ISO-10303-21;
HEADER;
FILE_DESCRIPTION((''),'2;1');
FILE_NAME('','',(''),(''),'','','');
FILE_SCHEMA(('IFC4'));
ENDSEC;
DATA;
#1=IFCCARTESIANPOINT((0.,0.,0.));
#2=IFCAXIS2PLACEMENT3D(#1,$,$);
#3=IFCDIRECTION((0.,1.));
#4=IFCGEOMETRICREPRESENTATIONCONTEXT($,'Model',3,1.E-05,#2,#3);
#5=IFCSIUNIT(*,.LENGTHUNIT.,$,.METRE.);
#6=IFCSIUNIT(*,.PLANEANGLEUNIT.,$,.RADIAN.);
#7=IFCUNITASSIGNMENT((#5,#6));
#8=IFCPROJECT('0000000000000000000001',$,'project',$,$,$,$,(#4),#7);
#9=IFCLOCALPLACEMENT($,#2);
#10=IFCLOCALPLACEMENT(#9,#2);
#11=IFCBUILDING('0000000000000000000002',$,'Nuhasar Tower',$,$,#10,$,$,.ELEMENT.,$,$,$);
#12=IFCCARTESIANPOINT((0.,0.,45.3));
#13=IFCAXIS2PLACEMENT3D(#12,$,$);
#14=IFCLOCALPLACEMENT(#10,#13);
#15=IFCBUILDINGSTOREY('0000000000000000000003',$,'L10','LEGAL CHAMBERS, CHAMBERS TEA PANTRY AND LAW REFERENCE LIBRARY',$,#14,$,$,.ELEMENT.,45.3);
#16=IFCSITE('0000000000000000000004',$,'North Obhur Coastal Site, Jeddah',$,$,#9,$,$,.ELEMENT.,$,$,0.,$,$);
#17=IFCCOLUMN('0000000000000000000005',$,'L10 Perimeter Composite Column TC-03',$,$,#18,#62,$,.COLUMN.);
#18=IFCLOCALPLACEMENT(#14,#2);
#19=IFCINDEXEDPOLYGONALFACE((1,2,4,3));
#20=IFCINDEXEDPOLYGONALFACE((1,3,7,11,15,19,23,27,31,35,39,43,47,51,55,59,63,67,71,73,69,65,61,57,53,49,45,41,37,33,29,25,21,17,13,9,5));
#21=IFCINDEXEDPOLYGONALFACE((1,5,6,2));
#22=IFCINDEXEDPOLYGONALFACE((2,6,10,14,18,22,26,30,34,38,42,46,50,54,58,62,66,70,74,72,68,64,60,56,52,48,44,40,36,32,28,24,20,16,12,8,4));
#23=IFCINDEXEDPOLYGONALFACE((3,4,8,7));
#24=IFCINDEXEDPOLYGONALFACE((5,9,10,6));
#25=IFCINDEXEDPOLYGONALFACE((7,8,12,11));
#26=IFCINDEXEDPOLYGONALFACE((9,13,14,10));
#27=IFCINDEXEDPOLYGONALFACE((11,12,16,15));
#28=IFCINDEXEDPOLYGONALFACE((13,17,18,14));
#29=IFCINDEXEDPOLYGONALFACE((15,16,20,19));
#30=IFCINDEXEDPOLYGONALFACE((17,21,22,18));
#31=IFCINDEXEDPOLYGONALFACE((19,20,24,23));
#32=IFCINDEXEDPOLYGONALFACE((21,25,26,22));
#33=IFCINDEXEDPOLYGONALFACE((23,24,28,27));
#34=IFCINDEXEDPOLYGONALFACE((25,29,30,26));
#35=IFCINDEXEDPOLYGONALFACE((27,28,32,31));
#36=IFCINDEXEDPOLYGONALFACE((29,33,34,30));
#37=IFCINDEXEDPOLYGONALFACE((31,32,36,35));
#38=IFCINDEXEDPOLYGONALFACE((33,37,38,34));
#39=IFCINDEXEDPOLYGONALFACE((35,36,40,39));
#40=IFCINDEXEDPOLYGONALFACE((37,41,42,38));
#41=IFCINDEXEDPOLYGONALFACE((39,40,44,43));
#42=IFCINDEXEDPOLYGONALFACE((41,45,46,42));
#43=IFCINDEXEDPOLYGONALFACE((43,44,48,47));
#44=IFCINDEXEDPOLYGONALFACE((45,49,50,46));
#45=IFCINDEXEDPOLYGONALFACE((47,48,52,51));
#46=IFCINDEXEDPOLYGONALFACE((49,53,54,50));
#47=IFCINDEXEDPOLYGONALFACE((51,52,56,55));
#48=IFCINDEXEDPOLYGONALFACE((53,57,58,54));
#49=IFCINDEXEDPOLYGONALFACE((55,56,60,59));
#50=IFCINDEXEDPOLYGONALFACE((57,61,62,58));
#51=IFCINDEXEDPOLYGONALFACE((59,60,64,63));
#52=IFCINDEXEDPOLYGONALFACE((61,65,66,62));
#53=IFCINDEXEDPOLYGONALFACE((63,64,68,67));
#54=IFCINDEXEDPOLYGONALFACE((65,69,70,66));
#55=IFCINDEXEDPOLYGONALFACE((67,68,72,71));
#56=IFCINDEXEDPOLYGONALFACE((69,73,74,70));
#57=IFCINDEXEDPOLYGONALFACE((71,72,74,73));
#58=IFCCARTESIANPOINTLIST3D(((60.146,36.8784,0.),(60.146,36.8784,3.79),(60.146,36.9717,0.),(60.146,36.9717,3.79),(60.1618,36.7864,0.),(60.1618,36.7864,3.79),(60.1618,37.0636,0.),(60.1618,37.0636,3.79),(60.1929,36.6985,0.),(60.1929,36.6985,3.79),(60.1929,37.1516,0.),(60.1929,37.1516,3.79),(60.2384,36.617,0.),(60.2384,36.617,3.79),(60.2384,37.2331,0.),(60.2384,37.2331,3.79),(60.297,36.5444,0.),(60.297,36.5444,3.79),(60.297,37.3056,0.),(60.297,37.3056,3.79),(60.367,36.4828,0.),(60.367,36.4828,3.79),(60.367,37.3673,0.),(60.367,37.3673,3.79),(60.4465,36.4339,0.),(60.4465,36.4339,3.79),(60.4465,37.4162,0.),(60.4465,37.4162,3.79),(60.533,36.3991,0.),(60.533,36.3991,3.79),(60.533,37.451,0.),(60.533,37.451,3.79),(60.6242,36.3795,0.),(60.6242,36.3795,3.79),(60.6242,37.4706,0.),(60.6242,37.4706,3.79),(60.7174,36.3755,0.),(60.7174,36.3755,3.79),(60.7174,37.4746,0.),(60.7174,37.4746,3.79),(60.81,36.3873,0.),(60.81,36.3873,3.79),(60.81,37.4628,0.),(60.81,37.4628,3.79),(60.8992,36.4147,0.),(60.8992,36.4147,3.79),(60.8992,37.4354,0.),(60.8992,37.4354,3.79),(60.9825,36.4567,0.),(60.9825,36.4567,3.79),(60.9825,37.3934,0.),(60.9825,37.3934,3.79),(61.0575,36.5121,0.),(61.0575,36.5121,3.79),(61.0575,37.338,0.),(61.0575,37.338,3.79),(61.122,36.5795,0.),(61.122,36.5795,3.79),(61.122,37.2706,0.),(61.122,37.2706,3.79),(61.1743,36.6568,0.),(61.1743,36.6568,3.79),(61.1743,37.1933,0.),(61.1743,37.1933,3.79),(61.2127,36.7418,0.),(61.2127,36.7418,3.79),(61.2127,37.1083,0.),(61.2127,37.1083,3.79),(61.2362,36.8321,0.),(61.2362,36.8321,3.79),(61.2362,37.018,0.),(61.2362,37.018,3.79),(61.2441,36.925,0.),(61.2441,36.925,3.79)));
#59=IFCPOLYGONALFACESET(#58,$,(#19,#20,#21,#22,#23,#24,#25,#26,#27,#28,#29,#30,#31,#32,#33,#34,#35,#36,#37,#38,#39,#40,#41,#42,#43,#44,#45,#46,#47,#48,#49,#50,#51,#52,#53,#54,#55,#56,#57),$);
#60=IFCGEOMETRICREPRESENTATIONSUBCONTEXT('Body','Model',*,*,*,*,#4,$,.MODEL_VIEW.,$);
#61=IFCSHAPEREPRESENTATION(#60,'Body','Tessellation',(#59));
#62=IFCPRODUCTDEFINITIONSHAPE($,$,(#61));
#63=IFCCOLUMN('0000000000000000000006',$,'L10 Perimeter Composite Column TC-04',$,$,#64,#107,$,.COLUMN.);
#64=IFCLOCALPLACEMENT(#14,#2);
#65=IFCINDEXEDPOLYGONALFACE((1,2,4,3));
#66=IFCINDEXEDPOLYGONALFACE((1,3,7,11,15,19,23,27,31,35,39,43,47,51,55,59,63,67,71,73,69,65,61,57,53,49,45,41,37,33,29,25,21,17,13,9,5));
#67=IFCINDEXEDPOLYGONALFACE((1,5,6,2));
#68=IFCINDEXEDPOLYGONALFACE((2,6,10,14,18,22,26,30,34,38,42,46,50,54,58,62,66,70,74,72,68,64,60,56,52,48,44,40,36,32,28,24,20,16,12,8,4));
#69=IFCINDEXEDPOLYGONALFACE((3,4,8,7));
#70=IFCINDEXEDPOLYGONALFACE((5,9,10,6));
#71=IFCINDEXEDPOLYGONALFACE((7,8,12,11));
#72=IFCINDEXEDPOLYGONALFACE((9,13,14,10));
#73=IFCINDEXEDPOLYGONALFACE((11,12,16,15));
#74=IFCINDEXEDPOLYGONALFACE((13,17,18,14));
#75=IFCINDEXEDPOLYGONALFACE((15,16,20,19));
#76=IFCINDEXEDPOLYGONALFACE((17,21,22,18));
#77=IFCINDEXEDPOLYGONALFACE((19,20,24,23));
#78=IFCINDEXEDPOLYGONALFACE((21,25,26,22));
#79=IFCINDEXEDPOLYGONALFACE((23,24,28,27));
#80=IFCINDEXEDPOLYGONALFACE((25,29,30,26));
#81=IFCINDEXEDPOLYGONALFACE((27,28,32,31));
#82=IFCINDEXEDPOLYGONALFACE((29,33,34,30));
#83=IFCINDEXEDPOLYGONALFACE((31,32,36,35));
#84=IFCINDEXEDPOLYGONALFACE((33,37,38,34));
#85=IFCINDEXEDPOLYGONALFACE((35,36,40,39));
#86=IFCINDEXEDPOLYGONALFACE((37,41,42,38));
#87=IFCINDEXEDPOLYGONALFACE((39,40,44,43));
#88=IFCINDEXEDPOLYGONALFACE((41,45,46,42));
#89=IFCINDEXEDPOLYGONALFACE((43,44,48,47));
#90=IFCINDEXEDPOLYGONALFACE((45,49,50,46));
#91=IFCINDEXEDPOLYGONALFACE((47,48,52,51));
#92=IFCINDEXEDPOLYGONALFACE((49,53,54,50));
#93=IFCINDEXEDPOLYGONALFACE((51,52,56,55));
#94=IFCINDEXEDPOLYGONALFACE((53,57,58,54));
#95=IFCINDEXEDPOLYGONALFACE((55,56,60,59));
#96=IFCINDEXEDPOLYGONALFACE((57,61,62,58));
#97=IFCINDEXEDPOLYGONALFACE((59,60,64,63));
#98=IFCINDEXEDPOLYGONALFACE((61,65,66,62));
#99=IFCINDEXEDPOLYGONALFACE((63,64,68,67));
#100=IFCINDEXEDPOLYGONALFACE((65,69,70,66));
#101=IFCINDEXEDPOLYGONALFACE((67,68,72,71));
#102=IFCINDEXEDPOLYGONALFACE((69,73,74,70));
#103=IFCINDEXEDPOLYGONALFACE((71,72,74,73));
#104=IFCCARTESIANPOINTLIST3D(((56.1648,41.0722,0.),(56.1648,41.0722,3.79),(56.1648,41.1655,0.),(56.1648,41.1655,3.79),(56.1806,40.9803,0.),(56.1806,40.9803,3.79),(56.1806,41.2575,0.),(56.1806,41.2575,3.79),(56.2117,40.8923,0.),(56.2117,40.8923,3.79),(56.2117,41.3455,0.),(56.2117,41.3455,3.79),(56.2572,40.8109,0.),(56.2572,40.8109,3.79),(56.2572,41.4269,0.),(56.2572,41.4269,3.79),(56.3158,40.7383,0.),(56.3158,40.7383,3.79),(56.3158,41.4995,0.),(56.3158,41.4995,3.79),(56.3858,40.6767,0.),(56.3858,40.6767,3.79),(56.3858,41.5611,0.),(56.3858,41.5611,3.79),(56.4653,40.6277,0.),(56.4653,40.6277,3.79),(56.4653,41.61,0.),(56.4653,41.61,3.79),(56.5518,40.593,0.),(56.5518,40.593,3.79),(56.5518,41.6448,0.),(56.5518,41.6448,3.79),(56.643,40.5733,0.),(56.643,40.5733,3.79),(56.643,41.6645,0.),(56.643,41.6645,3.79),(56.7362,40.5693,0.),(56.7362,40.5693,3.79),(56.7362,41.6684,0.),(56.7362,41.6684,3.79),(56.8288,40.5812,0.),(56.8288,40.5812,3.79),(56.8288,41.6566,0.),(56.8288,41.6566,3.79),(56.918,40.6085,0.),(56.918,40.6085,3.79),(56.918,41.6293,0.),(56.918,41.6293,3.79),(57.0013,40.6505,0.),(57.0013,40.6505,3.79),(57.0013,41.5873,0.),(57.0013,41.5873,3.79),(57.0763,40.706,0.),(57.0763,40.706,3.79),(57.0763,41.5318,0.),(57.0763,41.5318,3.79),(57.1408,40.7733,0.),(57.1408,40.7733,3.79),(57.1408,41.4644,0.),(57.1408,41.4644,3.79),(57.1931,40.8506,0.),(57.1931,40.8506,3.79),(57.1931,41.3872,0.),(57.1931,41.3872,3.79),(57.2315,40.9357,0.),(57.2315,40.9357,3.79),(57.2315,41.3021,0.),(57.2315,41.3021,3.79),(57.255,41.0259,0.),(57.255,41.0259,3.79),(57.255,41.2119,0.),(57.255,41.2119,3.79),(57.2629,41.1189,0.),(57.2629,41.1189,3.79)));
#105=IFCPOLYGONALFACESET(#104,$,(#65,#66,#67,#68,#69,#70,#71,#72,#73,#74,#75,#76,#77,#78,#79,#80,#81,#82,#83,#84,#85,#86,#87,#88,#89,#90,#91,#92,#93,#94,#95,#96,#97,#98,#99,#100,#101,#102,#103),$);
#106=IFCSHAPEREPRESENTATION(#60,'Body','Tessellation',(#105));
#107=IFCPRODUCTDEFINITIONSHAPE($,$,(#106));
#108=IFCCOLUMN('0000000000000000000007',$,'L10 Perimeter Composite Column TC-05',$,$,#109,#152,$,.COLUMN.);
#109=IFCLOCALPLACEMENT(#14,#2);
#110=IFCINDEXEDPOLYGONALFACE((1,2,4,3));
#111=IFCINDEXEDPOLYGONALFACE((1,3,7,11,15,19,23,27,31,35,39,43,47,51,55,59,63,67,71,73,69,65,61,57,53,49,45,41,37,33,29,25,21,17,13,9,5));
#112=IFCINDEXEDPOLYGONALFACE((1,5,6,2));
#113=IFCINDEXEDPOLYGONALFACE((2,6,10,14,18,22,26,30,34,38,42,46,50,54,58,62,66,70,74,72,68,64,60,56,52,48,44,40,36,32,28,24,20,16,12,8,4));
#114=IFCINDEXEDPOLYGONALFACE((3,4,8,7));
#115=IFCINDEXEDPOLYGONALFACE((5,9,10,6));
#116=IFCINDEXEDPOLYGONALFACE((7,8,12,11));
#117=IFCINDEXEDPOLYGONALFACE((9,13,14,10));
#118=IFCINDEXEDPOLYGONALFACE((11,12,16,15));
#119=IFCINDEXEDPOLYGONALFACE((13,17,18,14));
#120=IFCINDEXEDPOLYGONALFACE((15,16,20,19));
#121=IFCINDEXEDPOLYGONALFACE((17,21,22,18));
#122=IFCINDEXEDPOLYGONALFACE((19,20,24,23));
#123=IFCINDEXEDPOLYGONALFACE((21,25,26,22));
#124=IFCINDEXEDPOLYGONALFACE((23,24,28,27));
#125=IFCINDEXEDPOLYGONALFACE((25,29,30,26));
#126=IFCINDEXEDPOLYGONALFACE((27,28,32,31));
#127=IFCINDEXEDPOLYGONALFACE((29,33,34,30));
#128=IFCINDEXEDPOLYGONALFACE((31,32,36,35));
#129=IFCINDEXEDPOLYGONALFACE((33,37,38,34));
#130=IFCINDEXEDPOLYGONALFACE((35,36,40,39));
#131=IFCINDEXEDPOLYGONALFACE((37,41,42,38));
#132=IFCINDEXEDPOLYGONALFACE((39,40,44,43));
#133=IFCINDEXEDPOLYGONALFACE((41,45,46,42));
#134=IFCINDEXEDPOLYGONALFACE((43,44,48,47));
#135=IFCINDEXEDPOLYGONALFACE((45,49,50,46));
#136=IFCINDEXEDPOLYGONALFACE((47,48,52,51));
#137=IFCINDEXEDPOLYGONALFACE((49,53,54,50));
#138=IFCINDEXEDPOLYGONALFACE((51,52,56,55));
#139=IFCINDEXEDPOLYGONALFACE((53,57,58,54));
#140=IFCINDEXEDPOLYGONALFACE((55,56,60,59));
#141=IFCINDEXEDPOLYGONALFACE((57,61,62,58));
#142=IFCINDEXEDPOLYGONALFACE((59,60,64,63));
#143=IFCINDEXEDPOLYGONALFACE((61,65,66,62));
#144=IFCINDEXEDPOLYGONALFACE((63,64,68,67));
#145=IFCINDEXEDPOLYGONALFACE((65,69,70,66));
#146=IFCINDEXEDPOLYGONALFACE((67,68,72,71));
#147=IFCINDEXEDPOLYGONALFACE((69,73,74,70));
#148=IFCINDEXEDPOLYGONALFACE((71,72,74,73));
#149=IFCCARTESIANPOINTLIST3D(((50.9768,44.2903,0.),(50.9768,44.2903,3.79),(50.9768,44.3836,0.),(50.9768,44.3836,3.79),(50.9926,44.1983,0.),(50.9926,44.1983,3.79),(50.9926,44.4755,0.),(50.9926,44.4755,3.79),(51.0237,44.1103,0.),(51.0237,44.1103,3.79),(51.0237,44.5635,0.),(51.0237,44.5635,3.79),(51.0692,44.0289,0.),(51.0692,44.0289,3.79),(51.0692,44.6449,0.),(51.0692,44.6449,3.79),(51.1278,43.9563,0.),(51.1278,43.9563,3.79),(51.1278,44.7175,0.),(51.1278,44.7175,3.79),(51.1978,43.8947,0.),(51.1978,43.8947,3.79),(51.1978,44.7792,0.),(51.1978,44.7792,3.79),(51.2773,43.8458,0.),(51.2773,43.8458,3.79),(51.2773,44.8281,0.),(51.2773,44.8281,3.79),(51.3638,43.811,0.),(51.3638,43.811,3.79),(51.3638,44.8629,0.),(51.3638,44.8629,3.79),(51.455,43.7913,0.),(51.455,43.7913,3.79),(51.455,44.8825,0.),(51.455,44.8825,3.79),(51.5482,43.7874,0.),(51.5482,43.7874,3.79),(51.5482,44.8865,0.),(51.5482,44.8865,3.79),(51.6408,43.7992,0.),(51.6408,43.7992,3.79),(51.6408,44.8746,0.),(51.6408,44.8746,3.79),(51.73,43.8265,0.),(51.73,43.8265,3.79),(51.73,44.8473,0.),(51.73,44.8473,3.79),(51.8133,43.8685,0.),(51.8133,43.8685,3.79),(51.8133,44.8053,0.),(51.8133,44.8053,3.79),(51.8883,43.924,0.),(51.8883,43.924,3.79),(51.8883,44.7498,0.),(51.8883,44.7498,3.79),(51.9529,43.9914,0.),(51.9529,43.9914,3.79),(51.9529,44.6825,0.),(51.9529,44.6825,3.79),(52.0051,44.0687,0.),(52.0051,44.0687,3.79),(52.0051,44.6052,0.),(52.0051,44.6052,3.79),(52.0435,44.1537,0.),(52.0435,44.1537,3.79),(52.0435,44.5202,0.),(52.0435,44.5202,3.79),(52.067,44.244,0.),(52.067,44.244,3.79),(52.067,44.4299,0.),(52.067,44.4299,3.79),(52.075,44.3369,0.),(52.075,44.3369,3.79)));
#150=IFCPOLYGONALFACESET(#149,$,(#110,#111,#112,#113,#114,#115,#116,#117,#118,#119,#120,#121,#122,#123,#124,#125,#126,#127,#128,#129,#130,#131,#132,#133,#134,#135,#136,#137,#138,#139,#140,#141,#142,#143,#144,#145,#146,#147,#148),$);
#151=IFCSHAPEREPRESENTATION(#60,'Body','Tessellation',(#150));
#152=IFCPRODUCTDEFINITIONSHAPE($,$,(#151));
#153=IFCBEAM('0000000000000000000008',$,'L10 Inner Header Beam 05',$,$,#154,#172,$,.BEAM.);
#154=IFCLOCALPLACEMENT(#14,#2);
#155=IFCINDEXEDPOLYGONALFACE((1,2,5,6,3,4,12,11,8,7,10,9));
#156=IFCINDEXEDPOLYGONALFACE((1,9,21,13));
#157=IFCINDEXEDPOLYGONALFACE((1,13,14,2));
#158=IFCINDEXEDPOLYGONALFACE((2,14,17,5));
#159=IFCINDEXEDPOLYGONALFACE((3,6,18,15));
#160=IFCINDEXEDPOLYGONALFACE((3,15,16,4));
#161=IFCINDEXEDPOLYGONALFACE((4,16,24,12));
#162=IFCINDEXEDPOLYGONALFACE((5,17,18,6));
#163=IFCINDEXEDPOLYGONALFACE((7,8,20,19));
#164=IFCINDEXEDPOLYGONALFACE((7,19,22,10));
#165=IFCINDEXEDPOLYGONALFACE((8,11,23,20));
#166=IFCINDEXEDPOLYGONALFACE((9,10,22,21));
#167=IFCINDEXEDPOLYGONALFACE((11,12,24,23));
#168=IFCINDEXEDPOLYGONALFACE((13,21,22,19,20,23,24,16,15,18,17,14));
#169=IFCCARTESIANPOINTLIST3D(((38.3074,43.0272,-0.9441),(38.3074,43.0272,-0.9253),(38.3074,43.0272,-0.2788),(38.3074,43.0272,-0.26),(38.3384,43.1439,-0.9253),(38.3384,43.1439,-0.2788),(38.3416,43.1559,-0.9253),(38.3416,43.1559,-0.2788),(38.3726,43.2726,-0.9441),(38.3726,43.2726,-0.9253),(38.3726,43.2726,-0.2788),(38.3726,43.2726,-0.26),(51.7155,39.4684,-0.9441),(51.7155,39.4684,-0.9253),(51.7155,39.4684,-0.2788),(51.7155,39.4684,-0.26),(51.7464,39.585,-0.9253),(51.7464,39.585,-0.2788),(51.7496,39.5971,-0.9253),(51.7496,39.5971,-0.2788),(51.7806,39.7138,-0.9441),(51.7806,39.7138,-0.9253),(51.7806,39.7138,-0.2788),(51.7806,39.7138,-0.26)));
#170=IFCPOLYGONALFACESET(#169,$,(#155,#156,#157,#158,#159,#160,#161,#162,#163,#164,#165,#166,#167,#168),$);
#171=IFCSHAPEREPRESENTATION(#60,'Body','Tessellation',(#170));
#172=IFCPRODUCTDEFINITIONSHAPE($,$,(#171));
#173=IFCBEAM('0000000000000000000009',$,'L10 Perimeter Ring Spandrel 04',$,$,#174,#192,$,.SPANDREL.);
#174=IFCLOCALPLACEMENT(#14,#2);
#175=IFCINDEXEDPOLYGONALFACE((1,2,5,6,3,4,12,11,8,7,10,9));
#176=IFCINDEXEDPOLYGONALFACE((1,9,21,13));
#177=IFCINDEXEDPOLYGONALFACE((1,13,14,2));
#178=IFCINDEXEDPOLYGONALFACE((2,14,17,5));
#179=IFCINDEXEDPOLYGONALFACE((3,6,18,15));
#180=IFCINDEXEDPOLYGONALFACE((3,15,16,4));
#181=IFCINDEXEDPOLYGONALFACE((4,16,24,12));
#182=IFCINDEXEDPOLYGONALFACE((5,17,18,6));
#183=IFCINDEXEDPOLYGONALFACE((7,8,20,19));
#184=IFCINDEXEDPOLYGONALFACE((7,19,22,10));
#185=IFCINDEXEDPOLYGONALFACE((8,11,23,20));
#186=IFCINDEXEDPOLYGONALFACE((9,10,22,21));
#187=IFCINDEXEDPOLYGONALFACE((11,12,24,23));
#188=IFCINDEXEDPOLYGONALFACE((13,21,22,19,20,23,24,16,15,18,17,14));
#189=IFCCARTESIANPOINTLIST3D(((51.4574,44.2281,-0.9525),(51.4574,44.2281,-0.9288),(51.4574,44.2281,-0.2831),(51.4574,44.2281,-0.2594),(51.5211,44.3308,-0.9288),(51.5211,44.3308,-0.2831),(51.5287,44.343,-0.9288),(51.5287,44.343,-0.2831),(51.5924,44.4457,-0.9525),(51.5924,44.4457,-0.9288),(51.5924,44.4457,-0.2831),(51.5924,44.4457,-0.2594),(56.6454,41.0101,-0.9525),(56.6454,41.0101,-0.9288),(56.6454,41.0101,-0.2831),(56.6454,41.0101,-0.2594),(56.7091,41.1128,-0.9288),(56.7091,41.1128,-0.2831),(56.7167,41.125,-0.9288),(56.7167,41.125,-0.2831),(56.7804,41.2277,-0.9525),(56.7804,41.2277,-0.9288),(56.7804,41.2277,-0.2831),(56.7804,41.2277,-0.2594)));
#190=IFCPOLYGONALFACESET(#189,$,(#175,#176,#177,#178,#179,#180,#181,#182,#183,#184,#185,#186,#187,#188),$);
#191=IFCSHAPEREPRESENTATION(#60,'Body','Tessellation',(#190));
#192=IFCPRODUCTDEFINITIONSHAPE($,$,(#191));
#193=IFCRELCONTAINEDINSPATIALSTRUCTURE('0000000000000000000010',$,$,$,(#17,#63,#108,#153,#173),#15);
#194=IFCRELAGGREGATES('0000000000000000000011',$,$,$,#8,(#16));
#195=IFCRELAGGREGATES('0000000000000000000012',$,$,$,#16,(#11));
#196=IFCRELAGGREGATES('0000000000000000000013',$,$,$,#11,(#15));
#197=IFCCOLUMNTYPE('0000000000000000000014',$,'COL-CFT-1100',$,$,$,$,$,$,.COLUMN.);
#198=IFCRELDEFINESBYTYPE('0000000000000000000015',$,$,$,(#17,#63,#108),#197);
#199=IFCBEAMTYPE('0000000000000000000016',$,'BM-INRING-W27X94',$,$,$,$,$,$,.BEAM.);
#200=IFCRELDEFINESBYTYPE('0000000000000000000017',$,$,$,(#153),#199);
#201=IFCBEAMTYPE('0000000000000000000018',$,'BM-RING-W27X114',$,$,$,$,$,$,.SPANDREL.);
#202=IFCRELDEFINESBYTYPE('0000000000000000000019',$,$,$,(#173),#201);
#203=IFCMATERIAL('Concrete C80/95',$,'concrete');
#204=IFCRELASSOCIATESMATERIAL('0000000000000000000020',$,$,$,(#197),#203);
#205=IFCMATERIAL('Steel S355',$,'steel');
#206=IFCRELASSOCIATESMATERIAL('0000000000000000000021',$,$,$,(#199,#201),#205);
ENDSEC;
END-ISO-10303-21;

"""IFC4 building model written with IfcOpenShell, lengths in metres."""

from ifc_helpers import new_model, si_unit, direction, frame, origin, origin_2d, place, context, subcontext, project, spatial, circle, i_section, extrude, material, material_profile, profile_set, type_object, element, save


model = new_model("IFC4")

# Units and contexts
model_context = context("Model", 3, precision=1e-05, world=origin(), true_north=direction((0.0, 1.0)))
body_context = subcontext(model_context, "Body", "Model", "MODEL_VIEW")
ifc_project = project(units=[si_unit("LENGTHUNIT", "METRE"), si_unit("PLANEANGLEUNIT", "RADIAN")], contexts=[model_context])

# Site, building, storey
site_placement = place(None, origin())
site = spatial("IfcSite", under=ifc_project, at=site_placement, Name="North Obhur Coastal Site, Jeddah", CompositionType="ELEMENT", RefElevation=0.0)
building_placement = place(site_placement, origin())
building = spatial("IfcBuilding", under=site, at=building_placement, Name="Nuhasar Tower", CompositionType="ELEMENT")
storey_placement = place(building_placement, frame((0.0, 0.0, 45.3)))
storey = spatial("IfcBuildingStorey", under=building, at=storey_placement, Name="L10", Description="LEGAL CHAMBERS, CHAMBERS TEA PANTRY AND LAW REFERENCE LIBRARY", CompositionType="ELEMENT", Elevation=45.3)

# Columns
ifc_material_1 = material(Name="Concrete C80/95", Category="concrete")
ifc_material_profile_1 = material_profile(ifc_material_1, circle(Radius=0.55, at=origin_2d()), Name="CFT1100")
ifc_profile_set_1 = profile_set([ifc_material_profile_1], Name="Concrete C80/95")
column_type = type_object("IfcColumnType", Name="COL-CFT-1100", PredefinedType="COLUMN", material=ifc_profile_set_1)
for number, where, z_axis, x_axis, name in (
    (1, (60.6941, 36.925, 0.0), (0.0, 0.0, 1.0), (1.0, 0.0, 0.0), "L10 Perimeter Composite Column TC-03"),
    (2, (56.7129, 41.1189, 0.0), (0.0, 0.0, 1.0), (1.0, 0.0, 0.0), "L10 Perimeter Composite Column TC-04"),
    (3, (51.5249, 44.3369, 0.0), (0.0, 0.0, 1.0), (1.0, 0.0, 0.0), "L10 Perimeter Composite Column TC-05"),
):
    element("IfcColumn", number, at=place(storey_placement, frame(where, z_axis=z_axis, x_axis=x_axis)), inside=storey, type_object=column_type, Name=name, PredefinedType="COLUMN", context=body_context, shape_type="SweptSolid", body=[
        extrude(circle(Radius=0.55, at=origin_2d()), origin(), (0.0, 0.0, 1.0), 3.79),
    ])

# Beams
ifc_material_2 = material(Name="Steel S355", Category="steel")
ifc_material_profile_2 = material_profile(ifc_material_2, i_section(OverallWidth=0.2539, OverallDepth=0.6841, WebThickness=0.0125, FlangeThickness=0.0188, at=origin_2d()), Name="W27X94")
ifc_profile_set_2 = profile_set([ifc_material_profile_2], Name="Steel S355")
beam_type_1 = type_object("IfcBeamType", Name="BM-INRING-W27X94", PredefinedType="BEAM", material=ifc_profile_set_2)
beam_1_placement = place(storey_placement, frame((51.748, 39.5911, -0.6021), z_axis=(-0.966533, 0.256544, 0.0), x_axis=(-0.256544, -0.966533, 0.0)))
element("IfcBeam", 4, at=beam_1_placement, inside=storey, type_object=beam_type_1, Name="L10 Inner Header Beam 05", PredefinedType="BEAM", context=body_context, shape_type="SweptSolid", body=[
    extrude(i_section(OverallWidth=0.2539, OverallDepth=0.6841, WebThickness=0.0125, FlangeThickness=0.0188, at=origin_2d()), origin(), (0.0, 0.0, 1.0), 13.8723),
])
ifc_material_profile_3 = material_profile(ifc_material_2, i_section(OverallWidth=0.2561, OverallDepth=0.6931, WebThickness=0.0144, FlangeThickness=0.0237, at=origin_2d()), Name="W27X114")
ifc_profile_set_3 = profile_set([ifc_material_profile_3], Name="Steel S355")
beam_type_2 = type_object("IfcBeamType", Name="BM-RING-W27X114", PredefinedType="SPANDREL", material=ifc_profile_set_3)
beam_2_placement = place(storey_placement, frame((56.7129, 41.1189, -0.606), z_axis=(-0.849795, 0.527113, 0.0), x_axis=(-0.527113, -0.849795, 0.0)))
element("IfcBeam", 5, at=beam_2_placement, inside=storey, type_object=beam_type_2, Name="L10 Perimeter Ring Spandrel 04", PredefinedType="SPANDREL", context=body_context, shape_type="SweptSolid", body=[
    extrude(i_section(OverallWidth=0.2561, OverallDepth=0.6931, WebThickness=0.0144, FlangeThickness=0.0237, at=origin_2d()), origin(), (0.0, 0.0, 1.0), 6.105),
])

save(model, "model.ifc")
